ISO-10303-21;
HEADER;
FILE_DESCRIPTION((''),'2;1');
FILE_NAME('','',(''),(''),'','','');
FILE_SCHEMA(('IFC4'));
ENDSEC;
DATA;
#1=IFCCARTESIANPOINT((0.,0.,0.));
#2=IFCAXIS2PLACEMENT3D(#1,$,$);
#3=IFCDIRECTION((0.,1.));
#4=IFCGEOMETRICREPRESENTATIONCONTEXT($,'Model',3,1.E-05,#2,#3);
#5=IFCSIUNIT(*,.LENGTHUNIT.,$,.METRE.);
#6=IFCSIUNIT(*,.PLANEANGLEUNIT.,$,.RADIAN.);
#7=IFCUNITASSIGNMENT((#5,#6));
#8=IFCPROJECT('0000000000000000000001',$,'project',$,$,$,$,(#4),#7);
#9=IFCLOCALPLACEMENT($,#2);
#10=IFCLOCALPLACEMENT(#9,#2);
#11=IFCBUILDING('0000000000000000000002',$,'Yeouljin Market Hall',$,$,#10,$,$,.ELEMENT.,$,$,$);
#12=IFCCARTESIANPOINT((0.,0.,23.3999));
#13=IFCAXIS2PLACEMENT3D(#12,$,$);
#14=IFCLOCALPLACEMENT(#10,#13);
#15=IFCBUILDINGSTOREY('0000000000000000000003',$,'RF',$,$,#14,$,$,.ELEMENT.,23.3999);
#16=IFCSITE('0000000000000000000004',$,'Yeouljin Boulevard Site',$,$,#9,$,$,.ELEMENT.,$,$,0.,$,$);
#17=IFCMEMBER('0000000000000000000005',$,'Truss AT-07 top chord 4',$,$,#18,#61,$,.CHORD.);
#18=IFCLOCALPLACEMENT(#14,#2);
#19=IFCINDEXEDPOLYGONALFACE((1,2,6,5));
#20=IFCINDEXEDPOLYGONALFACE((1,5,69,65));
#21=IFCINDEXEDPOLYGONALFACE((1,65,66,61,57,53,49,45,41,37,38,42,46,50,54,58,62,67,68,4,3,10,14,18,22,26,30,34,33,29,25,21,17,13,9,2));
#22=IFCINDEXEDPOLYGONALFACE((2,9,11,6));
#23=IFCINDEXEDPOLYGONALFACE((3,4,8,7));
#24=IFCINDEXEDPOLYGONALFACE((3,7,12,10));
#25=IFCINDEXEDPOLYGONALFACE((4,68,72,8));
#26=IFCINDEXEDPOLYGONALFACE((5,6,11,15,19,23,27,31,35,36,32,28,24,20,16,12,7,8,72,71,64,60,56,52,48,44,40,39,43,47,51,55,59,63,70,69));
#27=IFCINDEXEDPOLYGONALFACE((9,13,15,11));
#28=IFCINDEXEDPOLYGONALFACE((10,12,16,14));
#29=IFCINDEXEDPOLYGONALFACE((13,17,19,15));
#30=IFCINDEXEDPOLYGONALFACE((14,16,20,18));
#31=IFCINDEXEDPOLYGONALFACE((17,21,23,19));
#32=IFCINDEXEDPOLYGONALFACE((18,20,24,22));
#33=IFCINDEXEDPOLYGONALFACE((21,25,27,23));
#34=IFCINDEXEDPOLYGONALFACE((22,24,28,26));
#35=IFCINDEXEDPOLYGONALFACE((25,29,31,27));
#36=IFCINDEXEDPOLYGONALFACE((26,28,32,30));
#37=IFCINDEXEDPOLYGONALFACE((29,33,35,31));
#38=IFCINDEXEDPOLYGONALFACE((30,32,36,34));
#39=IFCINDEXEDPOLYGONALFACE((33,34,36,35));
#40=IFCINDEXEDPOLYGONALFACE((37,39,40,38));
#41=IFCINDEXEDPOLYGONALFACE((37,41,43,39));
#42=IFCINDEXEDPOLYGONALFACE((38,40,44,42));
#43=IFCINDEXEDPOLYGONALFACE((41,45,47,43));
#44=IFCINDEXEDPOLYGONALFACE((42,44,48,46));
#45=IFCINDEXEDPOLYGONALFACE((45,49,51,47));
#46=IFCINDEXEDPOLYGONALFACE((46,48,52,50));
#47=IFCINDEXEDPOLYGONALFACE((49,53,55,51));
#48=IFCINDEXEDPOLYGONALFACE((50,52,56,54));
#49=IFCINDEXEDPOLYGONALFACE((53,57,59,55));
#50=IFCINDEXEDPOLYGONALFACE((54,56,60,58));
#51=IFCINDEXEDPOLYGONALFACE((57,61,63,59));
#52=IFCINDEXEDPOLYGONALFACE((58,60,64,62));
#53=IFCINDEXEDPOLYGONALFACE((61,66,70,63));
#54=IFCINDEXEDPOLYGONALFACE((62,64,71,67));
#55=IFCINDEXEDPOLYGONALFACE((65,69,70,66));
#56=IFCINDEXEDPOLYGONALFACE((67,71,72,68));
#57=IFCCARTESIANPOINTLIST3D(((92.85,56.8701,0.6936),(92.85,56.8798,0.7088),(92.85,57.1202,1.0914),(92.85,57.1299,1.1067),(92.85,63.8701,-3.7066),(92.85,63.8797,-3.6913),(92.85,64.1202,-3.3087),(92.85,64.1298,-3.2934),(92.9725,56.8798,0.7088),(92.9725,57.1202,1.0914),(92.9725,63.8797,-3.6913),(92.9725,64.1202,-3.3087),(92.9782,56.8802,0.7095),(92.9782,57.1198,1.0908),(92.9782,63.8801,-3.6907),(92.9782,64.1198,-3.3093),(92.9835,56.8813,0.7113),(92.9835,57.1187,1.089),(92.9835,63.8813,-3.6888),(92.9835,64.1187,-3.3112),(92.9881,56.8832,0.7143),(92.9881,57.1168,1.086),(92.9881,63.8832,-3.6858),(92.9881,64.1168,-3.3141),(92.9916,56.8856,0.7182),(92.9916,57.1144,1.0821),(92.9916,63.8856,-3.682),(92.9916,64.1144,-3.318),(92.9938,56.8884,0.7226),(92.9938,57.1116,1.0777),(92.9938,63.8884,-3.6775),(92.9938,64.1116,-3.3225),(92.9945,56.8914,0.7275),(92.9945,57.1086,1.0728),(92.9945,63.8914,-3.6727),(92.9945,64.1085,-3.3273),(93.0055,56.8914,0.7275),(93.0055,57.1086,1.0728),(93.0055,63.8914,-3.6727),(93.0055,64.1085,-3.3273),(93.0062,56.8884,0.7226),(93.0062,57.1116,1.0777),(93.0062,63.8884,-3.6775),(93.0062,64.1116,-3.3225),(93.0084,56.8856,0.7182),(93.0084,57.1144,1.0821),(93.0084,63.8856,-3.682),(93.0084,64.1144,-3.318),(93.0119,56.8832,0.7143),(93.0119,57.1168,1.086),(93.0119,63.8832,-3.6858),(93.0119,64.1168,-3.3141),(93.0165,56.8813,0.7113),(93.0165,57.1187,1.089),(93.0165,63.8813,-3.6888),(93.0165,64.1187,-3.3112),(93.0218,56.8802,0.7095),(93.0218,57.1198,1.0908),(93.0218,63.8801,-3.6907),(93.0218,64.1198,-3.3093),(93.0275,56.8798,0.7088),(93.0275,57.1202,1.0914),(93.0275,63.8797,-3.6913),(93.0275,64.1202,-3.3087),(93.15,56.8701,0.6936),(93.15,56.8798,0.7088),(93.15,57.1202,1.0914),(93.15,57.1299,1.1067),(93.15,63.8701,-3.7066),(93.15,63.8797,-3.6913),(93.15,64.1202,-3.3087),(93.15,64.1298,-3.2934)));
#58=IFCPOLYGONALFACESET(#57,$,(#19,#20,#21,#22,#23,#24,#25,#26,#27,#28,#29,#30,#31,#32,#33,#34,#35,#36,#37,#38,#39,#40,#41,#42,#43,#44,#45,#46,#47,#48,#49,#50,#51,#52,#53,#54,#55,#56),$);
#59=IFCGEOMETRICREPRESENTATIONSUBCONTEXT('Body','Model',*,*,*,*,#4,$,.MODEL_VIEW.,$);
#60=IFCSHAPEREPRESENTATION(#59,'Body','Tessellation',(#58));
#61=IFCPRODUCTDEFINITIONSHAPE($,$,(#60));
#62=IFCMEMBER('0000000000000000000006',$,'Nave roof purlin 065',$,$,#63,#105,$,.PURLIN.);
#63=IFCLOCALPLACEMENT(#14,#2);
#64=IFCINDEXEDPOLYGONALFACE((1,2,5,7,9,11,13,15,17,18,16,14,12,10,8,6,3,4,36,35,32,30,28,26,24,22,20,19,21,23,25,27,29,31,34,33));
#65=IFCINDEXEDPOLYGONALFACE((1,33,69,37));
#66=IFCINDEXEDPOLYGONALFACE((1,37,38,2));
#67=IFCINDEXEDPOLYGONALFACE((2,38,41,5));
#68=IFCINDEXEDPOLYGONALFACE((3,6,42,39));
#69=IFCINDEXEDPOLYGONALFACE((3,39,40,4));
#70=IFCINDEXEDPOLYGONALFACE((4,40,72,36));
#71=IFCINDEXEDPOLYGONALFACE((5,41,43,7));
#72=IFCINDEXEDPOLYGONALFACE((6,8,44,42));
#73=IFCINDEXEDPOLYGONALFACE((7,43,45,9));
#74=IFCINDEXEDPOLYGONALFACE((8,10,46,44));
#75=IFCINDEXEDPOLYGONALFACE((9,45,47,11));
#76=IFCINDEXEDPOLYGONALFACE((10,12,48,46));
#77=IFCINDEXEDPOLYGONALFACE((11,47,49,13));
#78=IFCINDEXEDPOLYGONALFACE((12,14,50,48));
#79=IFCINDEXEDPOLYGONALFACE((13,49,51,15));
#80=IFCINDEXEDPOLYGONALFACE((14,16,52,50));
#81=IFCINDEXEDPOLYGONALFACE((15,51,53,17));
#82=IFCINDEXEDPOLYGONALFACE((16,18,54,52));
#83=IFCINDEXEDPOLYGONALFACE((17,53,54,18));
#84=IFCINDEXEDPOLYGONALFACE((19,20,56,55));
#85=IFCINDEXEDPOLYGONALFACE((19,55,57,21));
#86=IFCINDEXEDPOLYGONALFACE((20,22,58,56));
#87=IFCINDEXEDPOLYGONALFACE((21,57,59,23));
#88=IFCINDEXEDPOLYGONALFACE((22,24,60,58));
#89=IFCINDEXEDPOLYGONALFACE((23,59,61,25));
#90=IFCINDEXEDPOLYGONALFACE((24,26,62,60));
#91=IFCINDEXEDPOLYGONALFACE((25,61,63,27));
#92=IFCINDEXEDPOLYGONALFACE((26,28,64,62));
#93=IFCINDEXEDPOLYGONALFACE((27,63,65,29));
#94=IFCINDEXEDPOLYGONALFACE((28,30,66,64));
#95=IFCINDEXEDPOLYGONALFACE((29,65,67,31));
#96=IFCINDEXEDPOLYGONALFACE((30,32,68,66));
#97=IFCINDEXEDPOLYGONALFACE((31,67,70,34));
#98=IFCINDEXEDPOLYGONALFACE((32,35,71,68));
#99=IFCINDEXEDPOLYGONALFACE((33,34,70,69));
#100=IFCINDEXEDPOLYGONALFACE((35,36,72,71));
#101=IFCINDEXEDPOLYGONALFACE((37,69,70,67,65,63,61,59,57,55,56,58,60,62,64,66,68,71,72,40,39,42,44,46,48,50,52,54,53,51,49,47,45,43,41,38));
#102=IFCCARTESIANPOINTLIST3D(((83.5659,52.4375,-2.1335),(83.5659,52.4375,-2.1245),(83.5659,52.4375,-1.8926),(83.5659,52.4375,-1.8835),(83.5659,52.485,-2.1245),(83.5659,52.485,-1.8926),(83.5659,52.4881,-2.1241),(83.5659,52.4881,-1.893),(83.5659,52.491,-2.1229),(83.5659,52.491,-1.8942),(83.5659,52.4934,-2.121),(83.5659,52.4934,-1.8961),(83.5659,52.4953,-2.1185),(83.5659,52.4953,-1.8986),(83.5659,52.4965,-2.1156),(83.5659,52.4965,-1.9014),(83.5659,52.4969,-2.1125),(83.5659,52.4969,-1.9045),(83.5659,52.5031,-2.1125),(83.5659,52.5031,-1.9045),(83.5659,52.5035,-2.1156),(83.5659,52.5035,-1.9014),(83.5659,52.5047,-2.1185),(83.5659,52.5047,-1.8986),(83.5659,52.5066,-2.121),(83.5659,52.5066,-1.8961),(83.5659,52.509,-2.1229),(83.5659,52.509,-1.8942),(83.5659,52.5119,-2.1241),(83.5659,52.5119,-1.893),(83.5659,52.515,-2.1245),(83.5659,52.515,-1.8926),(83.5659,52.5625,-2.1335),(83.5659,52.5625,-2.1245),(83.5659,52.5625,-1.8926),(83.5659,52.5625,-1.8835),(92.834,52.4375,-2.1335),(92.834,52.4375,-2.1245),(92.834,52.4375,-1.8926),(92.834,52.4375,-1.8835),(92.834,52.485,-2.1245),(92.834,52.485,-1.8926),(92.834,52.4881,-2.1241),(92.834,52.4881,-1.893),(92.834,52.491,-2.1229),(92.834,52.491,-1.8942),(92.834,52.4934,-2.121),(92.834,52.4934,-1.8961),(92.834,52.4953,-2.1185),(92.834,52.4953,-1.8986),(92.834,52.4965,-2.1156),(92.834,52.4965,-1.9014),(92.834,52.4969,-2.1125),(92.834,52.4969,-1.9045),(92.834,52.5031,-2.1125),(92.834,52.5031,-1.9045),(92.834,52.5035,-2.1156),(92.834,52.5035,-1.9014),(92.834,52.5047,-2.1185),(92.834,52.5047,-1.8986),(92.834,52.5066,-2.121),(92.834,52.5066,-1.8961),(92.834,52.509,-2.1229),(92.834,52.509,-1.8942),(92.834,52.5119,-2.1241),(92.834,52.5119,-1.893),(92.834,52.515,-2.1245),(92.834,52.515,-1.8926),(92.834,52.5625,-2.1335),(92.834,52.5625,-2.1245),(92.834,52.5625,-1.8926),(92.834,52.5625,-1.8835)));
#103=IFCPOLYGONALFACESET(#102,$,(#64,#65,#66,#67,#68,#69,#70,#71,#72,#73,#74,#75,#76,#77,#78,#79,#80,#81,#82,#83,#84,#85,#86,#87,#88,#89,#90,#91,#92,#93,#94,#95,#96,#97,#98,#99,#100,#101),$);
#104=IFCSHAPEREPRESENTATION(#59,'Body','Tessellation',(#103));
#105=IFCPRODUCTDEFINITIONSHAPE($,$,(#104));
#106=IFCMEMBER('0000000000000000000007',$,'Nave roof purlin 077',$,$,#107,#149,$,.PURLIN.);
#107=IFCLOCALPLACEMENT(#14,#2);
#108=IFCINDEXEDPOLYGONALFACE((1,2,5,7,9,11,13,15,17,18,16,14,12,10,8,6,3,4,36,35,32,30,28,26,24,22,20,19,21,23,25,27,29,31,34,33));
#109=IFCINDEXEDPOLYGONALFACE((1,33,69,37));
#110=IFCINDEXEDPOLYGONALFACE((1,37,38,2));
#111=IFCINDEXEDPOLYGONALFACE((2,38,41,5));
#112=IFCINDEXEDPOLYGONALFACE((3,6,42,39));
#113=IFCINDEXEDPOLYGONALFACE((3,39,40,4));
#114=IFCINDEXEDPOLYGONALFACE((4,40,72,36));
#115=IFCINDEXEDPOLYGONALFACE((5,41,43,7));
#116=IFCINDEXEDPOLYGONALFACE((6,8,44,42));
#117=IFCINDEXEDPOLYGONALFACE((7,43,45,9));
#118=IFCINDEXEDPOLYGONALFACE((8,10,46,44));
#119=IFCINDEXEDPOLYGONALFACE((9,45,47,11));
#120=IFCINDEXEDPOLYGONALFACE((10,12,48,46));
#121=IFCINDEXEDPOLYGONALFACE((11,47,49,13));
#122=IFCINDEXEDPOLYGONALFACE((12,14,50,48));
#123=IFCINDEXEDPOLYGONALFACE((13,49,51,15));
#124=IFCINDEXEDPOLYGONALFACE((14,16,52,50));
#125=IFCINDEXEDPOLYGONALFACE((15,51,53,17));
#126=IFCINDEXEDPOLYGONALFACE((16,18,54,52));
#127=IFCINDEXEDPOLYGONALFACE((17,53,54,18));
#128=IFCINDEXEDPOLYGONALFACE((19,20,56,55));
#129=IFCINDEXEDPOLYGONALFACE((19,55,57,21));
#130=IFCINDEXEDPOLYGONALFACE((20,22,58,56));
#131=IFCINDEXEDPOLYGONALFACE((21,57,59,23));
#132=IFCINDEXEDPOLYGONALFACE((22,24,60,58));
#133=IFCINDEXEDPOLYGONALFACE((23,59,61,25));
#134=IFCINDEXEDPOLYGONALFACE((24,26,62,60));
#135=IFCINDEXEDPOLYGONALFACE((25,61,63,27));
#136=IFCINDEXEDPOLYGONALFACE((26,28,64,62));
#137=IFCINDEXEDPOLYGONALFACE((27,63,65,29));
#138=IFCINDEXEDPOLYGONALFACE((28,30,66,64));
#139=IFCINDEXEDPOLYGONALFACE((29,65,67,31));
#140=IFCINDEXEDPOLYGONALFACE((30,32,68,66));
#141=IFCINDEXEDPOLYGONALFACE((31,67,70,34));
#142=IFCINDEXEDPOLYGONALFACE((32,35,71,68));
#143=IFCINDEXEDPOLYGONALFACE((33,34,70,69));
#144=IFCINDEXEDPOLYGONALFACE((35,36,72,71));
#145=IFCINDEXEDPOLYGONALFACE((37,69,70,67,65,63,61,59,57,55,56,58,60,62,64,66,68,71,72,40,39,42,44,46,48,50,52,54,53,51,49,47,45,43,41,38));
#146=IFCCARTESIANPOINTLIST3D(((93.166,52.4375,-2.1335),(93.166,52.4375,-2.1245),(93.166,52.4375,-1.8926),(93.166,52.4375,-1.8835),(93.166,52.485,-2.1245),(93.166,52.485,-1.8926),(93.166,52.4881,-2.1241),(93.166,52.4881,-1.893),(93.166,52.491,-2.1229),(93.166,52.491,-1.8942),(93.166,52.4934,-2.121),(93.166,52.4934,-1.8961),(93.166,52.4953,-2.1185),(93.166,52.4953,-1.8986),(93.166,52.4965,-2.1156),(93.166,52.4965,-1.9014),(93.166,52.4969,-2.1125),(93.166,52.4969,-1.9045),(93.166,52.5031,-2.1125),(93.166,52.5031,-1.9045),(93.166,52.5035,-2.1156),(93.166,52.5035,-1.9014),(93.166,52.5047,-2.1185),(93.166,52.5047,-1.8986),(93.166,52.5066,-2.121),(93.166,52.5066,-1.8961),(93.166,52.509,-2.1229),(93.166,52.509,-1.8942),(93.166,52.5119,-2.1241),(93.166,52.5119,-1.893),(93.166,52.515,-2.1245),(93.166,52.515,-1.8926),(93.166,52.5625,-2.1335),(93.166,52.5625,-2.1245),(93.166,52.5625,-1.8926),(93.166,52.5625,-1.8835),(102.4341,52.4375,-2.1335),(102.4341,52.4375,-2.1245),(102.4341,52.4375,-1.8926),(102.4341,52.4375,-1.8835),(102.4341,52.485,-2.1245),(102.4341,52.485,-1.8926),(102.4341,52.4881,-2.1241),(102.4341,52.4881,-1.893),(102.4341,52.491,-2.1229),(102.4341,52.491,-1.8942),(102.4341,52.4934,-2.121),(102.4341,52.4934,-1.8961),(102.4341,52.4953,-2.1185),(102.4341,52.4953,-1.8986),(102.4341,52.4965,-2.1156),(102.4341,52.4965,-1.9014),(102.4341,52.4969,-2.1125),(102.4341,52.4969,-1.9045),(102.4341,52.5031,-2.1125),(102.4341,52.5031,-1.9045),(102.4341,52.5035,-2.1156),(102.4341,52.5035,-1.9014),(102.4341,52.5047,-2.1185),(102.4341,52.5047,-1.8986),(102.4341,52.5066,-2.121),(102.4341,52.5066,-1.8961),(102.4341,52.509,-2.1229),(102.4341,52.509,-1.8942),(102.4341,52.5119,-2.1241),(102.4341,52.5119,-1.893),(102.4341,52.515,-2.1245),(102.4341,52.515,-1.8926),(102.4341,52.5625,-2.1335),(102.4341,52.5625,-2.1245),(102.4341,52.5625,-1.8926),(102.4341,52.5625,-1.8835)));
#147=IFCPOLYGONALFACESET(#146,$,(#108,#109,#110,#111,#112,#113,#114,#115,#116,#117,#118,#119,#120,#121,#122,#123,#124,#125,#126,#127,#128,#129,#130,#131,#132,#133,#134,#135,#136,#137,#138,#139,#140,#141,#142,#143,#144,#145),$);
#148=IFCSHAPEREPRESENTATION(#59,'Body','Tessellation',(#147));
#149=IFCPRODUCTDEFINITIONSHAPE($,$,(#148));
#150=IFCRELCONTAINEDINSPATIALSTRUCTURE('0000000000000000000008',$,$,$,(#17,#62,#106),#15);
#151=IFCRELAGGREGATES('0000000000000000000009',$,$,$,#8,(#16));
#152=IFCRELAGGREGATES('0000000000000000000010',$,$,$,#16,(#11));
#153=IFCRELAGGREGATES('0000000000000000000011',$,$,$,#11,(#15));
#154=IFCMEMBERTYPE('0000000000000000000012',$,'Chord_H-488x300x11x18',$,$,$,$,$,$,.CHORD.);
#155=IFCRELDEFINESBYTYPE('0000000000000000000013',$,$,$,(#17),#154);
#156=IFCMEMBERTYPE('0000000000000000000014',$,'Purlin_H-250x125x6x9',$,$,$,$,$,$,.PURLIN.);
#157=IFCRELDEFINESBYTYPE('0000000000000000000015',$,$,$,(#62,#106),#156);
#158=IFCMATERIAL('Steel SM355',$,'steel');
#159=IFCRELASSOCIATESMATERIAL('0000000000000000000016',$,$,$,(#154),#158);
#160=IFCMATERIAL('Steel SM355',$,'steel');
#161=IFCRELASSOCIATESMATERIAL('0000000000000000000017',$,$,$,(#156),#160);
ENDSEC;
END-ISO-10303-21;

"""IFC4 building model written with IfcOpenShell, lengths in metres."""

from ifc_helpers import new_model, si_unit, direction, frame, origin, origin_2d, place, context, subcontext, project, spatial, i_section, extrude, material, material_profile, profile_set, type_object, element, save


model = new_model("IFC4")

# Units and contexts
model_context = context("Model", 3, precision=1e-05, world=origin(), true_north=direction((0.0, 1.0)))
body_context = subcontext(model_context, "Body", "Model", "MODEL_VIEW")
ifc_project = project(units=[si_unit("LENGTHUNIT", "METRE"), si_unit("PLANEANGLEUNIT", "RADIAN")], contexts=[model_context])

# Site, building, storey
site_placement = place(None, origin())
site = spatial("IfcSite", under=ifc_project, at=site_placement, Name="Yeouljin Boulevard Site", CompositionType="ELEMENT", RefElevation=0.0)
building_placement = place(site_placement, origin())
building = spatial("IfcBuilding", under=site, at=building_placement, Name="Yeouljin Market Hall", CompositionType="ELEMENT")
storey_placement = place(building_placement, frame((0.0, 0.0, 23.3999)))
storey = spatial("IfcBuildingStorey", under=building, at=storey_placement, Name="RF", CompositionType="ELEMENT", Elevation=23.3999)

# Members
ifc_material_1 = material(Name="Steel SM355", Category="steel")
ifc_material_profile_1 = material_profile(ifc_material_1, i_section(OverallWidth=0.3, OverallDepth=0.488, WebThickness=0.011, FlangeThickness=0.0181, FilletRadius=0.022, at=origin_2d()), Name="H-488x300x11x18")
ifc_profile_set_1 = profile_set([ifc_material_profile_1], Name="Steel SM355")
member_type_1 = type_object("IfcMemberType", Name="Chord_H-488x300x11x18", PredefinedType="CHORD", material=ifc_profile_set_1)
for number, where, z_axis, x_axis, name in (
    (1, (93.0, 57.0, 0.9001), (0.0, 0.846629, -0.532184), (-1.0, 0.0, 0.0), "Truss AT-07 top chord 4"),
):
    element("IfcMember", number, at=place(storey_placement, frame(where, z_axis=z_axis, x_axis=x_axis)), inside=storey, type_object=member_type_1, Name=name, PredefinedType="CHORD", context=body_context, shape_type="SweptSolid", body=[
        extrude(i_section(OverallWidth=0.3, OverallDepth=0.488, WebThickness=0.011, FlangeThickness=0.0181, FilletRadius=0.022, at=origin_2d()), origin(), (0.0, 0.0, 1.0), 8.2681),
    ])
ifc_material_2 = material(Name="Steel SM355", Category="steel")
ifc_material_profile_2 = material_profile(ifc_material_2, i_section(OverallWidth=0.125, OverallDepth=0.25, WebThickness=0.0061, FlangeThickness=0.009, FilletRadius=0.012, at=origin_2d()), Name="H-250x125x6x9")
ifc_profile_set_2 = profile_set([ifc_material_profile_2], Name="Steel SM355")
member_type_2 = type_object("IfcMemberType", Name="Purlin_H-250x125x6x9", PredefinedType="PURLIN", material=ifc_profile_set_2)
for number, where, z_axis, x_axis, name in (
    (2, (83.5659, 52.5, -2.0085), (1.0, 0.0, 0.0), (0.0, 1.0, 0.0), "Nave roof purlin 065"),
    (3, (93.166, 52.5, -2.0085), (1.0, 0.0, 0.0), (0.0, 1.0, 0.0), "Nave roof purlin 077"),
):
    element("IfcMember", number, at=place(storey_placement, frame(where, z_axis=z_axis, x_axis=x_axis)), inside=storey, type_object=member_type_2, Name=name, PredefinedType="PURLIN", context=body_context, shape_type="SweptSolid", body=[
        extrude(i_section(OverallWidth=0.125, OverallDepth=0.25, WebThickness=0.0061, FlangeThickness=0.009, FilletRadius=0.012, at=origin_2d()), origin(), (0.0, 0.0, 1.0), 9.2681),
    ])

save(model, "model.ifc")
